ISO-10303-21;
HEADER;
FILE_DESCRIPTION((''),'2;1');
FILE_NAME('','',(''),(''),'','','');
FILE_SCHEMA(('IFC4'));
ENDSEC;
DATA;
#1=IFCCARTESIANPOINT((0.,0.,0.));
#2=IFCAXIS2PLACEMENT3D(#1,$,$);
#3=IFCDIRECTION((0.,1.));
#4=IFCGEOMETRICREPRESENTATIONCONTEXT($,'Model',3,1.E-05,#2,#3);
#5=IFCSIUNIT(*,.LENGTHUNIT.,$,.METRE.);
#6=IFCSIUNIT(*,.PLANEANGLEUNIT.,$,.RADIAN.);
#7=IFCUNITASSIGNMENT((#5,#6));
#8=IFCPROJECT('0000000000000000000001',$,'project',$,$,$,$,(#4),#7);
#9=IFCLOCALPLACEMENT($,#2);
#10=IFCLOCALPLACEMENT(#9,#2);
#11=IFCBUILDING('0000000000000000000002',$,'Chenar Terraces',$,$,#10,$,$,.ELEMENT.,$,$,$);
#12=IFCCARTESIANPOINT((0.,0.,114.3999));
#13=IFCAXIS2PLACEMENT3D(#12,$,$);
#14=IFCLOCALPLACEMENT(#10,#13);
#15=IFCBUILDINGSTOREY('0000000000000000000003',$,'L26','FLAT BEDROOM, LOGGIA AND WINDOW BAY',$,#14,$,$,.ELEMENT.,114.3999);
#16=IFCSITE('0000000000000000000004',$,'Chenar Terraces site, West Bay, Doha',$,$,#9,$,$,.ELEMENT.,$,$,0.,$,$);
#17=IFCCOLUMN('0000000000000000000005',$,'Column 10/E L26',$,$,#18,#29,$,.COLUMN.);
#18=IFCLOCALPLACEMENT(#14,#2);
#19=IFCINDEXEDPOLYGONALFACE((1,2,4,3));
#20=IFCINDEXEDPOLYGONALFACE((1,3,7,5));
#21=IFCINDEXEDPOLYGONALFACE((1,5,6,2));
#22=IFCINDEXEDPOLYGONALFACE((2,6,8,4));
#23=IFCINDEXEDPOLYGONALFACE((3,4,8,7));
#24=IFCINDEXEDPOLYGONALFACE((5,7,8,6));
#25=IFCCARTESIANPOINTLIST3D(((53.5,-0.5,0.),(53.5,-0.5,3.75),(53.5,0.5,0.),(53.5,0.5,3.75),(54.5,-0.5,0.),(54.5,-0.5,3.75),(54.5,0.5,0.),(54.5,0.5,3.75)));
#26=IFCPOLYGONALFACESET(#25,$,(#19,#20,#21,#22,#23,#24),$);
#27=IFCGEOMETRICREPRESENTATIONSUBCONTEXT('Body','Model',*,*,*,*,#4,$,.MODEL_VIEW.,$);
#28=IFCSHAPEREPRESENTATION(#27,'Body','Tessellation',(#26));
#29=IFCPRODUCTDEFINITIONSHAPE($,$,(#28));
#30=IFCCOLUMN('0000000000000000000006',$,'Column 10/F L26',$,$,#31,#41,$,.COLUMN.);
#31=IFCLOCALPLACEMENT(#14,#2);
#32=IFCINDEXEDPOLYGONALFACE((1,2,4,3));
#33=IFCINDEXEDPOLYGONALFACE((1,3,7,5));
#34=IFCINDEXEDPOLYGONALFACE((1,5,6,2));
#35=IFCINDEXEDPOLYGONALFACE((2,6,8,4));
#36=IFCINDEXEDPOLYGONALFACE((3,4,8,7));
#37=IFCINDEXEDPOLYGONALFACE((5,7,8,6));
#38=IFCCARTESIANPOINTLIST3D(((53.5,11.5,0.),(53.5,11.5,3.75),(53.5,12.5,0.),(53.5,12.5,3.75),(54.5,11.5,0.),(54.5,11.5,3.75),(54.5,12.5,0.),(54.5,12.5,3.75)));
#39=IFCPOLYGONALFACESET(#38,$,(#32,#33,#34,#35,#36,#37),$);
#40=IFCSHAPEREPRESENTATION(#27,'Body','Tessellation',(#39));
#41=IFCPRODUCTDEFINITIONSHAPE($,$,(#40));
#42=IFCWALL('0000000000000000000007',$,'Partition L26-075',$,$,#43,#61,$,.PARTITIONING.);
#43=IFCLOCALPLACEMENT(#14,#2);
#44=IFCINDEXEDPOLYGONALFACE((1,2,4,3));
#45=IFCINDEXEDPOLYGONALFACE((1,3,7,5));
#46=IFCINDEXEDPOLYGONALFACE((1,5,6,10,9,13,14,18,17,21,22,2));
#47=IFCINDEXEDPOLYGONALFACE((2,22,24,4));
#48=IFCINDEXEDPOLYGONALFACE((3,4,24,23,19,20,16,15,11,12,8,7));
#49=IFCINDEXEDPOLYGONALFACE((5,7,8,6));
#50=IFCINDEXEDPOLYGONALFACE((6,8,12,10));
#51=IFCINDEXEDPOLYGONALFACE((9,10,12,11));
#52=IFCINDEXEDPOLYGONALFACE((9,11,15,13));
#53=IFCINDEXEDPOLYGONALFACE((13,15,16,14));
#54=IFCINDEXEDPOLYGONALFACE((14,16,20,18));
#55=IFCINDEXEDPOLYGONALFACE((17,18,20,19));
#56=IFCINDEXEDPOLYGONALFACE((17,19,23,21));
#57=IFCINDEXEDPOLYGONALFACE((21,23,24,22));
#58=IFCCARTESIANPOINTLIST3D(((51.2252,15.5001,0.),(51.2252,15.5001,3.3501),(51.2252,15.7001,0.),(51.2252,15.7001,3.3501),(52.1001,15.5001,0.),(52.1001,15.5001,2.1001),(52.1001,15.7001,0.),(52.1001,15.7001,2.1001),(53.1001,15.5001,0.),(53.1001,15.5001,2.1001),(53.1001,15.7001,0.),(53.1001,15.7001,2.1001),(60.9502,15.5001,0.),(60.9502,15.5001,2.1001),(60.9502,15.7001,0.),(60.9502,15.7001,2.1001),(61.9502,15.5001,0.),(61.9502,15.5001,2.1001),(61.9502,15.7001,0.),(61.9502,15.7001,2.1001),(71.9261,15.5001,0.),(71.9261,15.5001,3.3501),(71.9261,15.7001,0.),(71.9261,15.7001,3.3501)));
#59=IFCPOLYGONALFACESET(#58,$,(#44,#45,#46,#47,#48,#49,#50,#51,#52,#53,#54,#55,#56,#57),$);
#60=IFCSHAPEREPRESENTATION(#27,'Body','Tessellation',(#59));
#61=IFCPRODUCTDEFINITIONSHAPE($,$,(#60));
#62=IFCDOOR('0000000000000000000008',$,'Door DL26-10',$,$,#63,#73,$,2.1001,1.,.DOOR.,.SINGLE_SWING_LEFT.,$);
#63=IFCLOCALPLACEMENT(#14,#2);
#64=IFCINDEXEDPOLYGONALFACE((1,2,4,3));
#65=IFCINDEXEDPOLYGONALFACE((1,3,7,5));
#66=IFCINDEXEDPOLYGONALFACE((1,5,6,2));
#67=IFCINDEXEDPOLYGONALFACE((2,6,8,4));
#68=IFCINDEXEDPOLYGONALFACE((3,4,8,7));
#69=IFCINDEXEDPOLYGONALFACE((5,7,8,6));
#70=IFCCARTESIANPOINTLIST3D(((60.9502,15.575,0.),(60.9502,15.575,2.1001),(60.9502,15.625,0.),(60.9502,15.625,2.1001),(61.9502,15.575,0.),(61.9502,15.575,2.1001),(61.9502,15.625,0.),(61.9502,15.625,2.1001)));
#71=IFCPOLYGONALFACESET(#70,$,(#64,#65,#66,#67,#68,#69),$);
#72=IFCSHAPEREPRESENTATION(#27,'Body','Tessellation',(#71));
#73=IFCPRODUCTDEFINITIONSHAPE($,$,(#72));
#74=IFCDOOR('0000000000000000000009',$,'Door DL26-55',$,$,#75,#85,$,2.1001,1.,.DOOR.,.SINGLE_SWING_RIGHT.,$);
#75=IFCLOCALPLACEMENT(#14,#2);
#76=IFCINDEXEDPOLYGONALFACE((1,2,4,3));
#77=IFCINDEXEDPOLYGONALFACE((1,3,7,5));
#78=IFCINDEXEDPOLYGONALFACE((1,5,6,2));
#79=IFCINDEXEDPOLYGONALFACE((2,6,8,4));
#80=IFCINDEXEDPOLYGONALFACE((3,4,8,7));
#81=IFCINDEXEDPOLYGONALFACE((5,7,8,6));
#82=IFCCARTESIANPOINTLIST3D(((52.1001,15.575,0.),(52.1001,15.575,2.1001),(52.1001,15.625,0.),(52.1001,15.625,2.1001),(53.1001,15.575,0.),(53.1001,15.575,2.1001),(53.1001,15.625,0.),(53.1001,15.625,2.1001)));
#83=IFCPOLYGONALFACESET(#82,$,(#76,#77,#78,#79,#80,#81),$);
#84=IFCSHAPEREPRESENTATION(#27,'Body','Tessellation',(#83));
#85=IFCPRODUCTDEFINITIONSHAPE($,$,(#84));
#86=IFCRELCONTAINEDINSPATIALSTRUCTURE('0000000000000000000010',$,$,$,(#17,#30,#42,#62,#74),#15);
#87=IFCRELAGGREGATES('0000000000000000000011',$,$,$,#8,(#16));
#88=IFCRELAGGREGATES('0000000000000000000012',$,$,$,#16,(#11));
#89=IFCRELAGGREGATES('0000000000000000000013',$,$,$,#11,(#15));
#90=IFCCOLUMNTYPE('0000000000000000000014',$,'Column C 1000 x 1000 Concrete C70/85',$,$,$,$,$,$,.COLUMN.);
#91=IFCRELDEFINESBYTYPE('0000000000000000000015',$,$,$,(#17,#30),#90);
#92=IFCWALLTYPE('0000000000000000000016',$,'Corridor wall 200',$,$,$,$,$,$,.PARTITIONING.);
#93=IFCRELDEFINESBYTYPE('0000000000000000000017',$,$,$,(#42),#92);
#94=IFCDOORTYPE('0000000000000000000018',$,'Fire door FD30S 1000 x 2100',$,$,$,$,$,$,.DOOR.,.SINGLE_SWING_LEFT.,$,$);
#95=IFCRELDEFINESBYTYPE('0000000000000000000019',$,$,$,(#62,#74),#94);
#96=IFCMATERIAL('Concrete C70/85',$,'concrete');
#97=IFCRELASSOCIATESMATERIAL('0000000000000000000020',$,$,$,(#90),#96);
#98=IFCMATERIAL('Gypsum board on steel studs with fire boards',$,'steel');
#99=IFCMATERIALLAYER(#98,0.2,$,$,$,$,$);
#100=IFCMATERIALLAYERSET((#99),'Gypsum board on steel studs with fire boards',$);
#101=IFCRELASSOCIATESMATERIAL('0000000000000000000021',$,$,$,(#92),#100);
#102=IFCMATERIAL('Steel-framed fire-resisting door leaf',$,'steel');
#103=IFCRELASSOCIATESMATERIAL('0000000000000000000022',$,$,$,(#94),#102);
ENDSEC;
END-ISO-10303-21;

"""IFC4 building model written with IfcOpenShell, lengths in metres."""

from ifc_helpers import new_model, si_unit, direction, frame, frame_2d, origin, origin_2d, place, context, subcontext, project, spatial, rectangle, extrude, material, layer, layer_set, material_profile, profile_set, type_object, element, fill, save


model = new_model("IFC4")

# Units and contexts
model_context = context("Model", 3, precision=1e-05, world=origin(), true_north=direction((0.0, 1.0)))
body_context = subcontext(model_context, "Body", "Model", "MODEL_VIEW")
ifc_project = project(units=[si_unit("LENGTHUNIT", "METRE"), si_unit("PLANEANGLEUNIT", "RADIAN")], contexts=[model_context])

# Site, building, storey
site_placement = place(None, origin())
site = spatial("IfcSite", under=ifc_project, at=site_placement, Name="Chenar Terraces site, West Bay, Doha", CompositionType="ELEMENT", RefElevation=0.0)
building_placement = place(site_placement, origin())
building = spatial("IfcBuilding", under=site, at=building_placement, Name="Chenar Terraces", CompositionType="ELEMENT")
storey_placement = place(building_placement, frame((0.0, 0.0, 114.3999)))
storey = spatial("IfcBuildingStorey", under=building, at=storey_placement, Name="L26", Description="FLAT BEDROOM, LOGGIA AND WINDOW BAY", CompositionType="ELEMENT", Elevation=114.3999)

# Columns
ifc_material_1 = material(Name="Concrete C70/85", Category="concrete")
ifc_material_profile_1 = material_profile(ifc_material_1, rectangle(XDim=1.0, YDim=1.0, at=origin_2d()), Name="C 1000 x 1000")
ifc_profile_set_1 = profile_set([ifc_material_profile_1], Name="Concrete C70/85")
column_type = type_object("IfcColumnType", Name="Column C 1000 x 1000 Concrete C70/85", PredefinedType="COLUMN", material=ifc_profile_set_1)
for number, where, z_axis, x_axis, name in (
    (1, (54.0, 0.0, 0.0), (0.0, 0.0, 1.0), (1.0, 0.0, 0.0), "Column 10/E L26"),
    (2, (54.0, 12.0, 0.0), (0.0, 0.0, 1.0), (1.0, 0.0, 0.0), "Column 10/F L26"),
):
    element("IfcColumn", number, at=place(storey_placement, frame(where, z_axis=z_axis, x_axis=x_axis)), inside=storey, type_object=column_type, Name=name, PredefinedType="COLUMN", context=body_context, shape_type="SweptSolid", body=[
        extrude(rectangle(XDim=1.0, YDim=1.0, at=origin_2d()), origin(), (0.0, 0.0, 1.0), 3.75),
    ])

# Wall, openings, doors
ifc_material_2 = material(Name="Gypsum board on steel studs with fire boards", Category="steel")
ifc_layer_1 = layer(ifc_material_2, 0.2)
ifc_layer_set_1 = layer_set([ifc_layer_1], Name="Gypsum board on steel studs with fire boards")
wall_type_1 = type_object("IfcWallType", Name="Corridor wall 200", PredefinedType="PARTITIONING", material=ifc_layer_set_1)
wall_1_placement = place(storey_placement, frame((51.2251, 15.6001, 0.0), z_axis=(0.0, 0.0, 1.0), x_axis=(1.0, 0.0, 0.0)))
wall_1 = element("IfcWall", 3, at=wall_1_placement, inside=storey, type_object=wall_type_1, Name="Partition L26-075", PredefinedType="PARTITIONING", context=body_context, shape_type="SweptSolid", body=[
    extrude(rectangle(XDim=20.7009, YDim=0.2, at=frame_2d((10.3506, 0.0))), origin(), (0.0, 0.0, 1.0), 3.3501),
])
opening_1_placement = place(wall_1_placement, frame((9.7251, 0.0, 0.0)))
opening_1 = element("IfcOpeningElement", 4, at=opening_1_placement, cuts=wall_1, PredefinedType="OPENING", context=body_context, shape_type="SweptSolid", body=[
    extrude(rectangle(XDim=1.0, YDim=2.1001, at=frame_2d((0.5, 1.05))), frame((0.0, 0.1099, 0.0), z_axis=(0.0, -1.0, 0.0), x_axis=(1.0, 0.0, 0.0)), (0.0, 0.0, 1.0), 0.22),
])
opening_2_placement = place(wall_1_placement, frame((0.875, 0.0, 0.0)))
opening_2 = element("IfcOpeningElement", 5, at=opening_2_placement, cuts=wall_1, PredefinedType="OPENING", context=body_context, shape_type="SweptSolid", body=[
    extrude(rectangle(XDim=1.0, YDim=2.1001, at=frame_2d((0.5, 1.05))), frame((0.0, 0.1099, 0.0), z_axis=(0.0, -1.0, 0.0), x_axis=(1.0, 0.0, 0.0)), (0.0, 0.0, 1.0), 0.22),
])
ifc_material_3 = material(Name="Steel-framed fire-resisting door leaf", Category="steel")
door_type_1 = type_object("IfcDoorType", Name="Fire door FD30S 1000 x 2100", OperationType="SINGLE_SWING_LEFT", PredefinedType="DOOR", material=ifc_material_3)
door_1_placement = place(opening_1_placement, origin())
door_1 = element("IfcDoor", 6, at=door_1_placement, inside=storey, type_object=door_type_1, Name="Door DL26-10", OperationType="SINGLE_SWING_LEFT", OverallHeight=2.1001, OverallWidth=1.0, PredefinedType="DOOR", context=body_context, shape_type="SweptSolid", body=[
    extrude(rectangle(XDim=1.0, YDim=2.1001, at=frame_2d((0.5, 1.05))), frame((0.0, 0.0249, 0.0), z_axis=(0.0, -1.0, 0.0), x_axis=(1.0, 0.0, 0.0)), (0.0, 0.0, 1.0), 0.05),
])
fill(opening_1, door_1)
door_2_placement = place(opening_2_placement, origin())
door_2 = element("IfcDoor", 7, at=door_2_placement, inside=storey, type_object=door_type_1, Name="Door DL26-55", OperationType="SINGLE_SWING_RIGHT", OverallHeight=2.1001, OverallWidth=1.0, PredefinedType="DOOR", context=body_context, shape_type="SweptSolid", body=[
    extrude(rectangle(XDim=1.0, YDim=2.1001, at=frame_2d((0.5, 1.05))), frame((0.0, 0.0249, 0.0), z_axis=(0.0, -1.0, 0.0), x_axis=(1.0, 0.0, 0.0)), (0.0, 0.0, 1.0), 0.05),
])
fill(opening_2, door_2)

save(model, "model.ifc")
